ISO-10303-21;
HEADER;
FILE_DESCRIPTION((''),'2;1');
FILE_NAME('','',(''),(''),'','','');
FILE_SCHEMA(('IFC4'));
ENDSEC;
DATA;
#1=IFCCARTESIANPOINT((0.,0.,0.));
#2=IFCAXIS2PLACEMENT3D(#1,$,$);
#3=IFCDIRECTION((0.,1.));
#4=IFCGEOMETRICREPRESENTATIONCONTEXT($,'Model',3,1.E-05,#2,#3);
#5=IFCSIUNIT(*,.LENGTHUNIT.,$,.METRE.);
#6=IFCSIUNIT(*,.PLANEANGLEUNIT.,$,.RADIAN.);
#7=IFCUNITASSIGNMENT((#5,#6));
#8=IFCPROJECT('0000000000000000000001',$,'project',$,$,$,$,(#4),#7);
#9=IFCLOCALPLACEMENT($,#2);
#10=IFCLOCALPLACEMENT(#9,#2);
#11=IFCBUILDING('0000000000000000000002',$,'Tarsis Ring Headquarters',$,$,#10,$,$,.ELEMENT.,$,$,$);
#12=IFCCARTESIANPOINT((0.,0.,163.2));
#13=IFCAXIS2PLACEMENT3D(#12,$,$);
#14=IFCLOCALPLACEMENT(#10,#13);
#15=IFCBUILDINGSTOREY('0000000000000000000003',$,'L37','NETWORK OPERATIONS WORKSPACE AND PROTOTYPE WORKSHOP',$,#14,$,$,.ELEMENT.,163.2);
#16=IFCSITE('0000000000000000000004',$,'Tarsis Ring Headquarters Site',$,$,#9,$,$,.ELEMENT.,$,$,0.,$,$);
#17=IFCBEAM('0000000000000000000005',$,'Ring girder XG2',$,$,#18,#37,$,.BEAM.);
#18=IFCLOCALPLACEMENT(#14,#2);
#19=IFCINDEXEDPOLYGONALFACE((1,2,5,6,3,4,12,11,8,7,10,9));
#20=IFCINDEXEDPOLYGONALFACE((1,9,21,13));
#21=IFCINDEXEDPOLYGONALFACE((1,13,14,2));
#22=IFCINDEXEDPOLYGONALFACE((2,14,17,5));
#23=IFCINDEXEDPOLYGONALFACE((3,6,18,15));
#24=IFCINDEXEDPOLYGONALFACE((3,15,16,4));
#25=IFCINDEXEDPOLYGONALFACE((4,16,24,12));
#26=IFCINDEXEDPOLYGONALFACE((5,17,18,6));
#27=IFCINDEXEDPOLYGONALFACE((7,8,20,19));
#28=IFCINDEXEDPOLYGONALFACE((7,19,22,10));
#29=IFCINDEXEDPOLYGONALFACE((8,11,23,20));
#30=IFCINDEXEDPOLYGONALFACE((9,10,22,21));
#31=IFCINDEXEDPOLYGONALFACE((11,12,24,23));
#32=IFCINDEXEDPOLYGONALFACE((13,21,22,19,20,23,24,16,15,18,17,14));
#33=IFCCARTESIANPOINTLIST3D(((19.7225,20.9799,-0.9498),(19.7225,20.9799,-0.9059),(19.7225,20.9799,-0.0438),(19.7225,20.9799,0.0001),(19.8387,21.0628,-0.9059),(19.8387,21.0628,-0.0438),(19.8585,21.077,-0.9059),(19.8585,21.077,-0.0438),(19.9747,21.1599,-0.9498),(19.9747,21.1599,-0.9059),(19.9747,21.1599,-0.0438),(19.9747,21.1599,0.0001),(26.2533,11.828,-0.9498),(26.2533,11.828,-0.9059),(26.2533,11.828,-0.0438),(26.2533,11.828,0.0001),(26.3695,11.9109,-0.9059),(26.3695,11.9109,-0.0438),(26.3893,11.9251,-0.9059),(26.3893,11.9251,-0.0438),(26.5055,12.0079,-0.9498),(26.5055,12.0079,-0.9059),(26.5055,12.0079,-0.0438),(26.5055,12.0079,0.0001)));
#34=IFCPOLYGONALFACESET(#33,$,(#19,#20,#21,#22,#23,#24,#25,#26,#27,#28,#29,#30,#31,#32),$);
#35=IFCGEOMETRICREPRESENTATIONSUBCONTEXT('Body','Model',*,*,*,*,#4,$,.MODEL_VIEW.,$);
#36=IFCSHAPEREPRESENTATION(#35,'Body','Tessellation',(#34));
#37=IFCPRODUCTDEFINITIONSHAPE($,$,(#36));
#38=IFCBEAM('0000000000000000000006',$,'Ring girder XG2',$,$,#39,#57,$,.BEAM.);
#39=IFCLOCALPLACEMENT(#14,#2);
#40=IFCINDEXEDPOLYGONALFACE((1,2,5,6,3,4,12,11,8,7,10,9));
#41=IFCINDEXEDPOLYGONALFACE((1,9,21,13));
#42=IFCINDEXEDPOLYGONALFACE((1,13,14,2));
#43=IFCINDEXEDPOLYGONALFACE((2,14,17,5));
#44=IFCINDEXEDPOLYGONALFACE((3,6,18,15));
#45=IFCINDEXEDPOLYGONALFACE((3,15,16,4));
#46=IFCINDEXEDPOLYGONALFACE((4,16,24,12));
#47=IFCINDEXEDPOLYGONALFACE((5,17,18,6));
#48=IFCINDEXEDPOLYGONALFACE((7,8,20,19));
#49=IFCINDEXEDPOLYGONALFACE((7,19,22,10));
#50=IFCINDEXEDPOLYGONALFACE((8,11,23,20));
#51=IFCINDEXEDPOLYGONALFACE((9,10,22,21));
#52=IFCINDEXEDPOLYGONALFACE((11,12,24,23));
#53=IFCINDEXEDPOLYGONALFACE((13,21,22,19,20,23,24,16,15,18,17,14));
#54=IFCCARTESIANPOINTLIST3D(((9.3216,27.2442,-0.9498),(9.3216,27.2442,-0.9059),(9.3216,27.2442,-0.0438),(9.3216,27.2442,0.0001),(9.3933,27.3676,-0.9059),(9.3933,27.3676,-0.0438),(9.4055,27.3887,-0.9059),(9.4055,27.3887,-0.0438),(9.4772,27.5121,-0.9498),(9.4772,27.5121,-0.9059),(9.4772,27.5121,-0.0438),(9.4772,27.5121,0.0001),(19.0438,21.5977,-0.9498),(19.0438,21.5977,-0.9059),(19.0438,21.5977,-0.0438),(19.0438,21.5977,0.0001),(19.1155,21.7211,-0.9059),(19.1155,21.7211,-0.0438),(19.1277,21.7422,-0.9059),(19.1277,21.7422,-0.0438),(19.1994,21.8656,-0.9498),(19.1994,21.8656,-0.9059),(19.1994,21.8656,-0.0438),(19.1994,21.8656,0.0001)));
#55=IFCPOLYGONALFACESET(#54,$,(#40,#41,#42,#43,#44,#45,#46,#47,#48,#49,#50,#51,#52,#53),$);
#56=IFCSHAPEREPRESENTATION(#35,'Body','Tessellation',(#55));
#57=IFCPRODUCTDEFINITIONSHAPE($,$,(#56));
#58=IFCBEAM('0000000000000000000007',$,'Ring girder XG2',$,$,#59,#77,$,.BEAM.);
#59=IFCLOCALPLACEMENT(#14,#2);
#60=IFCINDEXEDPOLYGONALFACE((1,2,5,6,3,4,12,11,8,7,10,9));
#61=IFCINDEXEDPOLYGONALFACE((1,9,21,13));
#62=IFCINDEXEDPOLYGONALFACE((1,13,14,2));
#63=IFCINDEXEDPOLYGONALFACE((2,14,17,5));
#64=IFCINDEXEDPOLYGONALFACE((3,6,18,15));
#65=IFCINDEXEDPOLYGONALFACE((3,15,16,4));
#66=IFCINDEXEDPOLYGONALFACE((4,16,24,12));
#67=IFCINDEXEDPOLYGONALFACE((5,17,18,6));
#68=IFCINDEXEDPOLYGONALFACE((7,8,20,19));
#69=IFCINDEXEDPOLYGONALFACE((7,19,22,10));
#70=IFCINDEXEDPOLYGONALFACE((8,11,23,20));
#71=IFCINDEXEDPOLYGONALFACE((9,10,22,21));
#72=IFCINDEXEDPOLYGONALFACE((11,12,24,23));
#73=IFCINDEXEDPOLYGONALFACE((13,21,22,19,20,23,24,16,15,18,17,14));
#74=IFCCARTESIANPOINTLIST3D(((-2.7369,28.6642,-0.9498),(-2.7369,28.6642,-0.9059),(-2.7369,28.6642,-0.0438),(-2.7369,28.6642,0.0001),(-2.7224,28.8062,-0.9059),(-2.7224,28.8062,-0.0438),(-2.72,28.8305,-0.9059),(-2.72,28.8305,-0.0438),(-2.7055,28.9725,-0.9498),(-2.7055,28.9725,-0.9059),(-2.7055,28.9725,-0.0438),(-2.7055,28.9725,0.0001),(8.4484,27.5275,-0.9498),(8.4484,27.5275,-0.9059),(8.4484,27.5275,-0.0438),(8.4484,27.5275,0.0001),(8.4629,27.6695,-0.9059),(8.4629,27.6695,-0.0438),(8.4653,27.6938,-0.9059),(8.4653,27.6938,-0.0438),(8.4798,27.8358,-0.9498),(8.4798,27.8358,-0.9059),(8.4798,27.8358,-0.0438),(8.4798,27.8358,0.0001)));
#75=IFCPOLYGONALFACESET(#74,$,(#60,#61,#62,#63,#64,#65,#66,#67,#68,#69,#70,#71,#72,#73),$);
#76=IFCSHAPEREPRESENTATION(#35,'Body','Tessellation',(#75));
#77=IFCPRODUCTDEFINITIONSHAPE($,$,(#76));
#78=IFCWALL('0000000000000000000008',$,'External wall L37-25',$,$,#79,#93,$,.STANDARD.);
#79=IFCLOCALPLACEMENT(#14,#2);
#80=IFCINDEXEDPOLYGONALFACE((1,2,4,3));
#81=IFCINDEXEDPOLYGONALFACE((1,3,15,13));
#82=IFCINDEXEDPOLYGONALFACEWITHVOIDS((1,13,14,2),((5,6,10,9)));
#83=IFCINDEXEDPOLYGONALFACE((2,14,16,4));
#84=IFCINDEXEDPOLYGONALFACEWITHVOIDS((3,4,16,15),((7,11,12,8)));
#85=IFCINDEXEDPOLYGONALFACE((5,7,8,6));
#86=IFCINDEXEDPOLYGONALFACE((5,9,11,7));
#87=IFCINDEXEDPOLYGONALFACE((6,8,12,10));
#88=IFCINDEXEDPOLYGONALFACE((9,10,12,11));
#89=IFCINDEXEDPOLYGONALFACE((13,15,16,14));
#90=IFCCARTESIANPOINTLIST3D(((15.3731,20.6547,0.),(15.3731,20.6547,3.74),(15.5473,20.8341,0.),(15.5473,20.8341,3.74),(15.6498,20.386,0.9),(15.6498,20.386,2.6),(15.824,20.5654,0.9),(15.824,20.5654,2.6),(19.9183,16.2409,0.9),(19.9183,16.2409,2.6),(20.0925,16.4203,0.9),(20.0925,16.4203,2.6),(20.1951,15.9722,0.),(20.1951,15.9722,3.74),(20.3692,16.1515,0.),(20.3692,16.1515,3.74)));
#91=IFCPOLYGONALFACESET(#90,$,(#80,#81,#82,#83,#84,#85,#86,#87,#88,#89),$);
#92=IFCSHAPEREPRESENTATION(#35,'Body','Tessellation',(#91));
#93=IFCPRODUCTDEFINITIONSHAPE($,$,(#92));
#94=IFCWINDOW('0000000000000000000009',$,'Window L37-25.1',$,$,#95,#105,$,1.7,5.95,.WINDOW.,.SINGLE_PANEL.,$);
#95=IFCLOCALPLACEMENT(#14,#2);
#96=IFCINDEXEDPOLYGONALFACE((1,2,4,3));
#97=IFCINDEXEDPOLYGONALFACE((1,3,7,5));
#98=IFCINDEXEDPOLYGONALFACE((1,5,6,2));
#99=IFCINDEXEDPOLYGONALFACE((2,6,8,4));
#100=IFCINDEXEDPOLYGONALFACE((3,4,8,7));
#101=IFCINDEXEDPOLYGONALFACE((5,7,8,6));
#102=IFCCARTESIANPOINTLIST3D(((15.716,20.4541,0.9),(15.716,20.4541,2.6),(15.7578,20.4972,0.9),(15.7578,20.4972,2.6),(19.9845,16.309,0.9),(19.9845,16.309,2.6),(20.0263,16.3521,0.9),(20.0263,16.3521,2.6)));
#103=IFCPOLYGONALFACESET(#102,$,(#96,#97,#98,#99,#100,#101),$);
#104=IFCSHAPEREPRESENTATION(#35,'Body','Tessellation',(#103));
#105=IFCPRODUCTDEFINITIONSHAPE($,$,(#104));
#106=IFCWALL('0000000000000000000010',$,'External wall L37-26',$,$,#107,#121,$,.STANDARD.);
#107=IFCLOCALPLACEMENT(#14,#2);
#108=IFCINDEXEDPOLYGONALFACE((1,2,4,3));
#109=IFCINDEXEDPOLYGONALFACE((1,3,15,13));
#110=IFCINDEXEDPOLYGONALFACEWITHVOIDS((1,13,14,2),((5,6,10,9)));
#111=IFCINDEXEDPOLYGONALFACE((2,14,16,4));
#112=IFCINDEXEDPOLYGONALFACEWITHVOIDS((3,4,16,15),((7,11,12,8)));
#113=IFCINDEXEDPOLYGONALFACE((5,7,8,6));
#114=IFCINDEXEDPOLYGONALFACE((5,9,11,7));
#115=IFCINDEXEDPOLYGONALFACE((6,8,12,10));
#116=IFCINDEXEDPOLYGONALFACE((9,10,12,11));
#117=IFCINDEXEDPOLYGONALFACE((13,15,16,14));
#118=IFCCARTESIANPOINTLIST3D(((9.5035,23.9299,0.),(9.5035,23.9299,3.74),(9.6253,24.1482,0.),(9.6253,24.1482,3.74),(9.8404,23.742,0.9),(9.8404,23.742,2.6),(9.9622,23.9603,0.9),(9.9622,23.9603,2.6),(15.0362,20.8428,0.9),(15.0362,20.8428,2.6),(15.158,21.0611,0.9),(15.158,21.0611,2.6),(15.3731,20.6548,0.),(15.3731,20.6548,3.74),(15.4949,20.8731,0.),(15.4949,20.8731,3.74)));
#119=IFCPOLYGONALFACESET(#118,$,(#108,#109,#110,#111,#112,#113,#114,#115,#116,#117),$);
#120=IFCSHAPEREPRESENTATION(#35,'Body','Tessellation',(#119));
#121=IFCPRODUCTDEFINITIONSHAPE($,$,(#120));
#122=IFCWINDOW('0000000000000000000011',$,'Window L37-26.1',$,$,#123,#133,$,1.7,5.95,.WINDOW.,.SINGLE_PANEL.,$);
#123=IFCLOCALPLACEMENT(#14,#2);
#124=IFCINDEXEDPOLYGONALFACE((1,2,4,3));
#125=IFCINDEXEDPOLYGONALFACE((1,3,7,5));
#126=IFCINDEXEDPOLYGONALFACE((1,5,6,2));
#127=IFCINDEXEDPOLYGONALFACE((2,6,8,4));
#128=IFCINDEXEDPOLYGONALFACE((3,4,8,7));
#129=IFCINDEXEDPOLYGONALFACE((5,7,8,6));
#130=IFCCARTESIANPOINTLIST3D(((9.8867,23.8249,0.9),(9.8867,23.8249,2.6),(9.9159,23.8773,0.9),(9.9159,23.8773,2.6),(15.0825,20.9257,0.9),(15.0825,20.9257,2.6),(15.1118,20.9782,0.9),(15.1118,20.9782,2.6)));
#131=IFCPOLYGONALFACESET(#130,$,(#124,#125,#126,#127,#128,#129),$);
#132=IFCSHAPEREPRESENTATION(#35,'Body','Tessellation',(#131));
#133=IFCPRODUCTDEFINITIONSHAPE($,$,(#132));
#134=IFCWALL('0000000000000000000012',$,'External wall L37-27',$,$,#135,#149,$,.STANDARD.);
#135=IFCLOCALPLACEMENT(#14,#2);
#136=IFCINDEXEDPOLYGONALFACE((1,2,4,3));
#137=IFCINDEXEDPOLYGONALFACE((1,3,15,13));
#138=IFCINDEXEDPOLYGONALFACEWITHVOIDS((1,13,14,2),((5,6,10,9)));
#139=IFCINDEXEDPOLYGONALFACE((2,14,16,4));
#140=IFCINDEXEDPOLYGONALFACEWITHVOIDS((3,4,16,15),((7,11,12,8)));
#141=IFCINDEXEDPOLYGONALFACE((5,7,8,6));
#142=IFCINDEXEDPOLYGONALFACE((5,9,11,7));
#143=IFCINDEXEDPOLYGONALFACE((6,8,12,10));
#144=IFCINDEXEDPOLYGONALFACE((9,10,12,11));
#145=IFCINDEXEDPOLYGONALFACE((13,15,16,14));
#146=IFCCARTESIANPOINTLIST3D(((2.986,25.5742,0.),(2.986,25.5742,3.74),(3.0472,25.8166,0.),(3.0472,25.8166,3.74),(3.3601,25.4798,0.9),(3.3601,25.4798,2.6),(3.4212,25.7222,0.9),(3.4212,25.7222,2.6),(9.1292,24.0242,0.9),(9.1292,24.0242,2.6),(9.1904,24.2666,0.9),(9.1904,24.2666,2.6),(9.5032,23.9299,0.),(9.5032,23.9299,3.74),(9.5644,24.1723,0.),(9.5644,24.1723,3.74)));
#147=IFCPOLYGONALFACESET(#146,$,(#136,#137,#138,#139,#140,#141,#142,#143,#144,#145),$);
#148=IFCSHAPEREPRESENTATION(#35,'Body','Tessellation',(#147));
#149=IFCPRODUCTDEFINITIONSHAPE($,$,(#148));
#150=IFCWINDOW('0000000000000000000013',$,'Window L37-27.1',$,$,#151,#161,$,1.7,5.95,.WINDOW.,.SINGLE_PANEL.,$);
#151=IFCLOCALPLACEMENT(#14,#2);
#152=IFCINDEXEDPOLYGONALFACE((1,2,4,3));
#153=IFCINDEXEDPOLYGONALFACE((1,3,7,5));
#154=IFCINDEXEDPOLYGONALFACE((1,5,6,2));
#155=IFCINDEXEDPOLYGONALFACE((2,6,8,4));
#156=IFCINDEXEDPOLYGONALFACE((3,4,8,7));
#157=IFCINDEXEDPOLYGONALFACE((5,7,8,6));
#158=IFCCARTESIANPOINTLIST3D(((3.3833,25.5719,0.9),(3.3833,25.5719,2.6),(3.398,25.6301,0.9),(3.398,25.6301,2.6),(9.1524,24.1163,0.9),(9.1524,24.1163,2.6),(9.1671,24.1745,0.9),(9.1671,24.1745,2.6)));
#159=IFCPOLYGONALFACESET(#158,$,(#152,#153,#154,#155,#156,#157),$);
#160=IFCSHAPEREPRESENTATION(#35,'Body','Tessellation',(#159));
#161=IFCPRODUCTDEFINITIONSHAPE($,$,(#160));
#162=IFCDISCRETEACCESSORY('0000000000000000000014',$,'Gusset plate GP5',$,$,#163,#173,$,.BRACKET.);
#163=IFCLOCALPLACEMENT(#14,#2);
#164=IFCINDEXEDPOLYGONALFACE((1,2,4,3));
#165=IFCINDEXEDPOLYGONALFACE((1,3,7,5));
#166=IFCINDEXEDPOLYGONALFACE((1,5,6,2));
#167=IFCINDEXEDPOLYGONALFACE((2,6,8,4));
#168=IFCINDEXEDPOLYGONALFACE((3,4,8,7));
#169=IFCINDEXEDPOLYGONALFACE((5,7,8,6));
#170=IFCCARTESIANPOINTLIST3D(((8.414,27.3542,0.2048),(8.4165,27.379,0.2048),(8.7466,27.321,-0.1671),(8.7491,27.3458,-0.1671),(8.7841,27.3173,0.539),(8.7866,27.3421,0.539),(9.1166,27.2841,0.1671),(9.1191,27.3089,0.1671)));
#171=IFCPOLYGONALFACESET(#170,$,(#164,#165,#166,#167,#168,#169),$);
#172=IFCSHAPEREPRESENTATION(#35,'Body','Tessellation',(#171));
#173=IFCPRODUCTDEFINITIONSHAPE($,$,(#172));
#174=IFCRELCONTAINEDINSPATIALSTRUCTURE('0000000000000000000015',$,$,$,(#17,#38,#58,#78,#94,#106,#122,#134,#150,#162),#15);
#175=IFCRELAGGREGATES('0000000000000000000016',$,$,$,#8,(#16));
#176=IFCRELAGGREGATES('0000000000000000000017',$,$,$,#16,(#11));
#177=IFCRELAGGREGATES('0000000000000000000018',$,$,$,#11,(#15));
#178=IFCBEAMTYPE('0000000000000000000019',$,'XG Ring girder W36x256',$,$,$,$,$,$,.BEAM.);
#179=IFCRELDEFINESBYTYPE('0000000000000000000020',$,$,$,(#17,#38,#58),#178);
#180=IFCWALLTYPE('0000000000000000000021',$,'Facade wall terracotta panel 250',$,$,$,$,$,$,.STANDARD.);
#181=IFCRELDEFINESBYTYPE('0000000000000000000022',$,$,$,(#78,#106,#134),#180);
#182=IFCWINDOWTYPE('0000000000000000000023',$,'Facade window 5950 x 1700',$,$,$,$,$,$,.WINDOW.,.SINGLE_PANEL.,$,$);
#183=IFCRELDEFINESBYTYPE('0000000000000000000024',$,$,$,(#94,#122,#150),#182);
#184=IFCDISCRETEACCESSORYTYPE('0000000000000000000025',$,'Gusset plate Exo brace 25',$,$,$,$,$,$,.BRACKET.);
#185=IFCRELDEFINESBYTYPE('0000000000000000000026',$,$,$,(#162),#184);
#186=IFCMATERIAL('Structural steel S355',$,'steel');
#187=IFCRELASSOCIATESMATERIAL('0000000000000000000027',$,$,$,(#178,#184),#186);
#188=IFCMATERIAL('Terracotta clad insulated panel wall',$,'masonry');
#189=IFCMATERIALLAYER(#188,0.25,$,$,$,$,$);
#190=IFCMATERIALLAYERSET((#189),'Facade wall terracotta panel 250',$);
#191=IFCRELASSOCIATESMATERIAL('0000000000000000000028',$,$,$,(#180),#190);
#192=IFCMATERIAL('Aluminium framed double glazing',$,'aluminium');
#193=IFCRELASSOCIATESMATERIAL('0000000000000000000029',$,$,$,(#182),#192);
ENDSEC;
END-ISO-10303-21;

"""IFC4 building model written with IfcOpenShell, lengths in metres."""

from ifc_helpers import new_model, si_unit, direction, frame, frame_2d, origin, origin_2d, place, context, subcontext, project, spatial, rectangle, i_section, extrude, material, layer, layer_set, material_profile, profile_set, type_object, element, fill, save


model = new_model("IFC4")

# Units and contexts
model_context = context("Model", 3, precision=1e-05, world=origin(), true_north=direction((0.0, 1.0)))
body_context = subcontext(model_context, "Body", "Model", "MODEL_VIEW")
ifc_project = project(units=[si_unit("LENGTHUNIT", "METRE"), si_unit("PLANEANGLEUNIT", "RADIAN")], contexts=[model_context])

# Site, building, storey
site_placement = place(None, origin())
site = spatial("IfcSite", under=ifc_project, at=site_placement, Name="Tarsis Ring Headquarters Site", CompositionType="ELEMENT", RefElevation=0.0)
building_placement = place(site_placement, origin())
building = spatial("IfcBuilding", under=site, at=building_placement, Name="Tarsis Ring Headquarters", CompositionType="ELEMENT")
storey_placement = place(building_placement, frame((0.0, 0.0, 163.2)))
storey = spatial("IfcBuildingStorey", under=building, at=storey_placement, Name="L37", Description="NETWORK OPERATIONS WORKSPACE AND PROTOTYPE WORKSHOP", CompositionType="ELEMENT", Elevation=163.2)

# Shared definitions
ifc_material_1 = material(Name="Structural steel S355", Category="steel")

# Beams
ifc_material_profile_1 = material_profile(ifc_material_1, i_section(OverallWidth=0.3098, OverallDepth=0.95, WebThickness=0.0244, FlangeThickness=0.0439, at=origin_2d()), Name="W36x256")
ifc_profile_set_1 = profile_set([ifc_material_profile_1], Name="Structural steel S355")
beam_type_1 = type_object("IfcBeamType", Name="XG Ring girder W36x256", PredefinedType="BEAM", material=ifc_profile_set_1)
beam_1_placement = place(storey_placement, frame((26.3794, 11.918, -0.4749), z_axis=(-0.580868, 0.813997, 0.0), x_axis=(-0.813997, -0.580868, 0.0)))
element("IfcBeam", 1, at=beam_1_placement, inside=storey, type_object=beam_type_1, Name="Ring girder XG2", PredefinedType="BEAM", context=body_context, shape_type="SweptSolid", body=[
    extrude(i_section(OverallWidth=0.3098, OverallDepth=0.95, WebThickness=0.0244, FlangeThickness=0.0439, at=origin_2d()), origin(), (0.0, 0.0, 1.0), 11.2432),
])
for number, where, z_axis, x_axis, name in (
    (2, (19.1216, 21.7317, -0.4749), (-0.864737, 0.502226, 0.0), (-0.502226, -0.864737, 0.0), "Ring girder XG2"),
    (3, (8.4641, 27.6816, -0.4749), (-0.994876, 0.101105, 0.0), (-0.101105, -0.994876, 0.0), "Ring girder XG2"),
):
    element("IfcBeam", number, at=place(storey_placement, frame(where, z_axis=z_axis, x_axis=x_axis)), inside=storey, type_object=beam_type_1, Name=name, PredefinedType="BEAM", context=body_context, shape_type="SweptSolid", body=[
        extrude(i_section(OverallWidth=0.3098, OverallDepth=0.95, WebThickness=0.0244, FlangeThickness=0.0439, at=origin_2d()), origin(), (0.0, 0.0, 1.0), 11.2429),
    ])

# Walls, openings, windows
ifc_material_2 = material(Name="Terracotta clad insulated panel wall", Category="masonry")
ifc_layer = layer(ifc_material_2, 0.25)
ifc_layer_set = layer_set([ifc_layer], Name="Facade wall terracotta panel 250")
wall_type = type_object("IfcWallType", Name="Facade wall terracotta panel 250", PredefinedType="STANDARD", material=ifc_layer_set)
wall_1_placement = place(storey_placement, frame((20.2822, 16.0618, 0.0), z_axis=(0.0, 0.0, 1.0), x_axis=(-0.717401, 0.696661, 0.0)))
wall_1 = element("IfcWall", 4, at=wall_1_placement, inside=storey, type_object=wall_type, Name="External wall L37-25", PredefinedType="STANDARD", context=body_context, shape_type="SweptSolid", body=[
    extrude(rectangle(XDim=6.7214, YDim=0.25, at=frame_2d((3.3608, 0.0))), origin(), (0.0, 0.0, 1.0), 3.74),
])
opening_1_placement = place(wall_1_placement, frame((0.3857, 0.0, 0.8999)))
opening_1 = element("IfcOpeningElement", 5, at=opening_1_placement, cuts=wall_1, PredefinedType="OPENING", context=body_context, shape_type="SweptSolid", body=[
    extrude(rectangle(XDim=5.95, YDim=1.7, at=frame_2d((2.9751, 0.8501))), frame((0.0, 0.135, 0.0), z_axis=(0.0, -1.0, 0.0), x_axis=(1.0, 0.0, 0.0)), (0.0, 0.0, 1.0), 0.27),
])
ifc_material_3 = material(Name="Aluminium framed double glazing", Category="aluminium")
window_type = type_object("IfcWindowType", Name="Facade window 5950 x 1700", PartitioningType="SINGLE_PANEL", PredefinedType="WINDOW", material=ifc_material_3)
window_1_placement = place(opening_1_placement, origin())
window_1 = element("IfcWindow", 6, at=window_1_placement, inside=storey, type_object=window_type, Name="Window L37-25.1", OverallHeight=1.7, OverallWidth=5.95, PartitioningType="SINGLE_PANEL", PredefinedType="WINDOW", context=body_context, shape_type="SweptSolid", body=[
    extrude(rectangle(XDim=5.95, YDim=1.7, at=frame_2d((2.9751, 0.8501))), frame((0.0, 0.03, 0.0), z_axis=(0.0, -1.0, 0.0), x_axis=(1.0, 0.0, 0.0)), (0.0, 0.0, 1.0), 0.0601),
])
fill(opening_1, window_1)
wall_2_placement = place(storey_placement, frame((15.4341, 20.7639, 0.0), z_axis=(0.0, 0.0, 1.0), x_axis=(-0.873256, 0.487261, 0.0)))
wall_2 = element("IfcWall", 7, at=wall_2_placement, inside=storey, type_object=wall_type, Name="External wall L37-26", PredefinedType="STANDARD", context=body_context, shape_type="SweptSolid", body=[
    extrude(rectangle(XDim=6.7214, YDim=0.25, at=frame_2d((3.3608, 0.0))), origin(), (0.0, 0.0, 1.0), 3.74),
])
opening_2_placement = place(wall_2_placement, frame((0.3857, 0.0, 0.8999)))
opening_2 = element("IfcOpeningElement", 8, at=opening_2_placement, cuts=wall_2, PredefinedType="OPENING", context=body_context, shape_type="SweptSolid", body=[
    extrude(rectangle(XDim=5.95, YDim=1.7, at=frame_2d((2.9751, 0.8501))), frame((0.0, 0.135, 0.0), z_axis=(0.0, -1.0, 0.0), x_axis=(1.0, 0.0, 0.0)), (0.0, 0.0, 1.0), 0.27),
])
window_2_placement = place(opening_2_placement, origin())
window_2 = element("IfcWindow", 9, at=window_2_placement, inside=storey, type_object=window_type, Name="Window L37-26.1", OverallHeight=1.7, OverallWidth=5.95, PartitioningType="SINGLE_PANEL", PredefinedType="WINDOW", context=body_context, shape_type="SweptSolid", body=[
    extrude(rectangle(XDim=5.95, YDim=1.7, at=frame_2d((2.9751, 0.8501))), frame((0.0, 0.03, 0.0), z_axis=(0.0, -1.0, 0.0), x_axis=(1.0, 0.0, 0.0)), (0.0, 0.0, 1.0), 0.0601),
])
fill(opening_2, window_2)
wall_3_placement = place(storey_placement, frame((9.5339, 24.051, 0.0), z_axis=(0.0, 0.0, 1.0), x_axis=(-0.969615, 0.244638, 0.0)))
wall_3 = element("IfcWall", 10, at=wall_3_placement, inside=storey, type_object=wall_type, Name="External wall L37-27", PredefinedType="STANDARD", context=body_context, shape_type="SweptSolid", body=[
    extrude(rectangle(XDim=6.7214, YDim=0.25, at=frame_2d((3.3608, 0.0))), origin(), (0.0, 0.0, 1.0), 3.74),
])
opening_3_placement = place(wall_3_placement, frame((0.3857, 0.0, 0.8999)))
opening_3 = element("IfcOpeningElement", 11, at=opening_3_placement, cuts=wall_3, PredefinedType="OPENING", context=body_context, shape_type="SweptSolid", body=[
    extrude(rectangle(XDim=5.95, YDim=1.7, at=frame_2d((2.9751, 0.8501))), frame((0.0, 0.135, 0.0), z_axis=(0.0, -1.0, 0.0), x_axis=(1.0, 0.0, 0.0)), (0.0, 0.0, 1.0), 0.27),
])
window_3_placement = place(opening_3_placement, origin())
window_3 = element("IfcWindow", 12, at=window_3_placement, inside=storey, type_object=window_type, Name="Window L37-27.1", OverallHeight=1.7, OverallWidth=5.95, PartitioningType="SINGLE_PANEL", PredefinedType="WINDOW", context=body_context, shape_type="SweptSolid", body=[
    extrude(rectangle(XDim=5.95, YDim=1.7, at=frame_2d((2.9751, 0.8501))), frame((0.0, 0.03, 0.0), z_axis=(0.0, -1.0, 0.0), x_axis=(1.0, 0.0, 0.0)), (0.0, 0.0, 1.0), 0.0601),
])
fill(opening_3, window_3)

# Discrete accessory
ifc_material_profile_2 = material_profile(ifc_material_1, rectangle(XDim=0.0249, YDim=0.5, at=origin_2d()), Name="PL 25x500")
ifc_profile_set_2 = profile_set([ifc_material_profile_2], Name="Structural steel S355")
discrete_accessory_type = type_object("IfcDiscreteAccessoryType", Name="Gusset plate Exo brace 25", PredefinedType="BRACKET", material=ifc_profile_set_2)
discrete_accessory_placement = place(storey_placement, frame((8.9329, 27.3149, 0.0), z_axis=(-0.665137, 0.066416, 0.743762), x_axis=(-0.099359, -0.995052, 0.0)))
element("IfcDiscreteAccessory", 13, at=discrete_accessory_placement, inside=storey, type_object=discrete_accessory_type, Name="Gusset plate GP5", PredefinedType="BRACKET", context=body_context, shape_type="SweptSolid", body=[
    extrude(rectangle(XDim=0.0249, YDim=0.5, at=origin_2d()), origin(), (0.0, 0.0, 1.0), 0.5),
])

save(model, "model.ifc")
